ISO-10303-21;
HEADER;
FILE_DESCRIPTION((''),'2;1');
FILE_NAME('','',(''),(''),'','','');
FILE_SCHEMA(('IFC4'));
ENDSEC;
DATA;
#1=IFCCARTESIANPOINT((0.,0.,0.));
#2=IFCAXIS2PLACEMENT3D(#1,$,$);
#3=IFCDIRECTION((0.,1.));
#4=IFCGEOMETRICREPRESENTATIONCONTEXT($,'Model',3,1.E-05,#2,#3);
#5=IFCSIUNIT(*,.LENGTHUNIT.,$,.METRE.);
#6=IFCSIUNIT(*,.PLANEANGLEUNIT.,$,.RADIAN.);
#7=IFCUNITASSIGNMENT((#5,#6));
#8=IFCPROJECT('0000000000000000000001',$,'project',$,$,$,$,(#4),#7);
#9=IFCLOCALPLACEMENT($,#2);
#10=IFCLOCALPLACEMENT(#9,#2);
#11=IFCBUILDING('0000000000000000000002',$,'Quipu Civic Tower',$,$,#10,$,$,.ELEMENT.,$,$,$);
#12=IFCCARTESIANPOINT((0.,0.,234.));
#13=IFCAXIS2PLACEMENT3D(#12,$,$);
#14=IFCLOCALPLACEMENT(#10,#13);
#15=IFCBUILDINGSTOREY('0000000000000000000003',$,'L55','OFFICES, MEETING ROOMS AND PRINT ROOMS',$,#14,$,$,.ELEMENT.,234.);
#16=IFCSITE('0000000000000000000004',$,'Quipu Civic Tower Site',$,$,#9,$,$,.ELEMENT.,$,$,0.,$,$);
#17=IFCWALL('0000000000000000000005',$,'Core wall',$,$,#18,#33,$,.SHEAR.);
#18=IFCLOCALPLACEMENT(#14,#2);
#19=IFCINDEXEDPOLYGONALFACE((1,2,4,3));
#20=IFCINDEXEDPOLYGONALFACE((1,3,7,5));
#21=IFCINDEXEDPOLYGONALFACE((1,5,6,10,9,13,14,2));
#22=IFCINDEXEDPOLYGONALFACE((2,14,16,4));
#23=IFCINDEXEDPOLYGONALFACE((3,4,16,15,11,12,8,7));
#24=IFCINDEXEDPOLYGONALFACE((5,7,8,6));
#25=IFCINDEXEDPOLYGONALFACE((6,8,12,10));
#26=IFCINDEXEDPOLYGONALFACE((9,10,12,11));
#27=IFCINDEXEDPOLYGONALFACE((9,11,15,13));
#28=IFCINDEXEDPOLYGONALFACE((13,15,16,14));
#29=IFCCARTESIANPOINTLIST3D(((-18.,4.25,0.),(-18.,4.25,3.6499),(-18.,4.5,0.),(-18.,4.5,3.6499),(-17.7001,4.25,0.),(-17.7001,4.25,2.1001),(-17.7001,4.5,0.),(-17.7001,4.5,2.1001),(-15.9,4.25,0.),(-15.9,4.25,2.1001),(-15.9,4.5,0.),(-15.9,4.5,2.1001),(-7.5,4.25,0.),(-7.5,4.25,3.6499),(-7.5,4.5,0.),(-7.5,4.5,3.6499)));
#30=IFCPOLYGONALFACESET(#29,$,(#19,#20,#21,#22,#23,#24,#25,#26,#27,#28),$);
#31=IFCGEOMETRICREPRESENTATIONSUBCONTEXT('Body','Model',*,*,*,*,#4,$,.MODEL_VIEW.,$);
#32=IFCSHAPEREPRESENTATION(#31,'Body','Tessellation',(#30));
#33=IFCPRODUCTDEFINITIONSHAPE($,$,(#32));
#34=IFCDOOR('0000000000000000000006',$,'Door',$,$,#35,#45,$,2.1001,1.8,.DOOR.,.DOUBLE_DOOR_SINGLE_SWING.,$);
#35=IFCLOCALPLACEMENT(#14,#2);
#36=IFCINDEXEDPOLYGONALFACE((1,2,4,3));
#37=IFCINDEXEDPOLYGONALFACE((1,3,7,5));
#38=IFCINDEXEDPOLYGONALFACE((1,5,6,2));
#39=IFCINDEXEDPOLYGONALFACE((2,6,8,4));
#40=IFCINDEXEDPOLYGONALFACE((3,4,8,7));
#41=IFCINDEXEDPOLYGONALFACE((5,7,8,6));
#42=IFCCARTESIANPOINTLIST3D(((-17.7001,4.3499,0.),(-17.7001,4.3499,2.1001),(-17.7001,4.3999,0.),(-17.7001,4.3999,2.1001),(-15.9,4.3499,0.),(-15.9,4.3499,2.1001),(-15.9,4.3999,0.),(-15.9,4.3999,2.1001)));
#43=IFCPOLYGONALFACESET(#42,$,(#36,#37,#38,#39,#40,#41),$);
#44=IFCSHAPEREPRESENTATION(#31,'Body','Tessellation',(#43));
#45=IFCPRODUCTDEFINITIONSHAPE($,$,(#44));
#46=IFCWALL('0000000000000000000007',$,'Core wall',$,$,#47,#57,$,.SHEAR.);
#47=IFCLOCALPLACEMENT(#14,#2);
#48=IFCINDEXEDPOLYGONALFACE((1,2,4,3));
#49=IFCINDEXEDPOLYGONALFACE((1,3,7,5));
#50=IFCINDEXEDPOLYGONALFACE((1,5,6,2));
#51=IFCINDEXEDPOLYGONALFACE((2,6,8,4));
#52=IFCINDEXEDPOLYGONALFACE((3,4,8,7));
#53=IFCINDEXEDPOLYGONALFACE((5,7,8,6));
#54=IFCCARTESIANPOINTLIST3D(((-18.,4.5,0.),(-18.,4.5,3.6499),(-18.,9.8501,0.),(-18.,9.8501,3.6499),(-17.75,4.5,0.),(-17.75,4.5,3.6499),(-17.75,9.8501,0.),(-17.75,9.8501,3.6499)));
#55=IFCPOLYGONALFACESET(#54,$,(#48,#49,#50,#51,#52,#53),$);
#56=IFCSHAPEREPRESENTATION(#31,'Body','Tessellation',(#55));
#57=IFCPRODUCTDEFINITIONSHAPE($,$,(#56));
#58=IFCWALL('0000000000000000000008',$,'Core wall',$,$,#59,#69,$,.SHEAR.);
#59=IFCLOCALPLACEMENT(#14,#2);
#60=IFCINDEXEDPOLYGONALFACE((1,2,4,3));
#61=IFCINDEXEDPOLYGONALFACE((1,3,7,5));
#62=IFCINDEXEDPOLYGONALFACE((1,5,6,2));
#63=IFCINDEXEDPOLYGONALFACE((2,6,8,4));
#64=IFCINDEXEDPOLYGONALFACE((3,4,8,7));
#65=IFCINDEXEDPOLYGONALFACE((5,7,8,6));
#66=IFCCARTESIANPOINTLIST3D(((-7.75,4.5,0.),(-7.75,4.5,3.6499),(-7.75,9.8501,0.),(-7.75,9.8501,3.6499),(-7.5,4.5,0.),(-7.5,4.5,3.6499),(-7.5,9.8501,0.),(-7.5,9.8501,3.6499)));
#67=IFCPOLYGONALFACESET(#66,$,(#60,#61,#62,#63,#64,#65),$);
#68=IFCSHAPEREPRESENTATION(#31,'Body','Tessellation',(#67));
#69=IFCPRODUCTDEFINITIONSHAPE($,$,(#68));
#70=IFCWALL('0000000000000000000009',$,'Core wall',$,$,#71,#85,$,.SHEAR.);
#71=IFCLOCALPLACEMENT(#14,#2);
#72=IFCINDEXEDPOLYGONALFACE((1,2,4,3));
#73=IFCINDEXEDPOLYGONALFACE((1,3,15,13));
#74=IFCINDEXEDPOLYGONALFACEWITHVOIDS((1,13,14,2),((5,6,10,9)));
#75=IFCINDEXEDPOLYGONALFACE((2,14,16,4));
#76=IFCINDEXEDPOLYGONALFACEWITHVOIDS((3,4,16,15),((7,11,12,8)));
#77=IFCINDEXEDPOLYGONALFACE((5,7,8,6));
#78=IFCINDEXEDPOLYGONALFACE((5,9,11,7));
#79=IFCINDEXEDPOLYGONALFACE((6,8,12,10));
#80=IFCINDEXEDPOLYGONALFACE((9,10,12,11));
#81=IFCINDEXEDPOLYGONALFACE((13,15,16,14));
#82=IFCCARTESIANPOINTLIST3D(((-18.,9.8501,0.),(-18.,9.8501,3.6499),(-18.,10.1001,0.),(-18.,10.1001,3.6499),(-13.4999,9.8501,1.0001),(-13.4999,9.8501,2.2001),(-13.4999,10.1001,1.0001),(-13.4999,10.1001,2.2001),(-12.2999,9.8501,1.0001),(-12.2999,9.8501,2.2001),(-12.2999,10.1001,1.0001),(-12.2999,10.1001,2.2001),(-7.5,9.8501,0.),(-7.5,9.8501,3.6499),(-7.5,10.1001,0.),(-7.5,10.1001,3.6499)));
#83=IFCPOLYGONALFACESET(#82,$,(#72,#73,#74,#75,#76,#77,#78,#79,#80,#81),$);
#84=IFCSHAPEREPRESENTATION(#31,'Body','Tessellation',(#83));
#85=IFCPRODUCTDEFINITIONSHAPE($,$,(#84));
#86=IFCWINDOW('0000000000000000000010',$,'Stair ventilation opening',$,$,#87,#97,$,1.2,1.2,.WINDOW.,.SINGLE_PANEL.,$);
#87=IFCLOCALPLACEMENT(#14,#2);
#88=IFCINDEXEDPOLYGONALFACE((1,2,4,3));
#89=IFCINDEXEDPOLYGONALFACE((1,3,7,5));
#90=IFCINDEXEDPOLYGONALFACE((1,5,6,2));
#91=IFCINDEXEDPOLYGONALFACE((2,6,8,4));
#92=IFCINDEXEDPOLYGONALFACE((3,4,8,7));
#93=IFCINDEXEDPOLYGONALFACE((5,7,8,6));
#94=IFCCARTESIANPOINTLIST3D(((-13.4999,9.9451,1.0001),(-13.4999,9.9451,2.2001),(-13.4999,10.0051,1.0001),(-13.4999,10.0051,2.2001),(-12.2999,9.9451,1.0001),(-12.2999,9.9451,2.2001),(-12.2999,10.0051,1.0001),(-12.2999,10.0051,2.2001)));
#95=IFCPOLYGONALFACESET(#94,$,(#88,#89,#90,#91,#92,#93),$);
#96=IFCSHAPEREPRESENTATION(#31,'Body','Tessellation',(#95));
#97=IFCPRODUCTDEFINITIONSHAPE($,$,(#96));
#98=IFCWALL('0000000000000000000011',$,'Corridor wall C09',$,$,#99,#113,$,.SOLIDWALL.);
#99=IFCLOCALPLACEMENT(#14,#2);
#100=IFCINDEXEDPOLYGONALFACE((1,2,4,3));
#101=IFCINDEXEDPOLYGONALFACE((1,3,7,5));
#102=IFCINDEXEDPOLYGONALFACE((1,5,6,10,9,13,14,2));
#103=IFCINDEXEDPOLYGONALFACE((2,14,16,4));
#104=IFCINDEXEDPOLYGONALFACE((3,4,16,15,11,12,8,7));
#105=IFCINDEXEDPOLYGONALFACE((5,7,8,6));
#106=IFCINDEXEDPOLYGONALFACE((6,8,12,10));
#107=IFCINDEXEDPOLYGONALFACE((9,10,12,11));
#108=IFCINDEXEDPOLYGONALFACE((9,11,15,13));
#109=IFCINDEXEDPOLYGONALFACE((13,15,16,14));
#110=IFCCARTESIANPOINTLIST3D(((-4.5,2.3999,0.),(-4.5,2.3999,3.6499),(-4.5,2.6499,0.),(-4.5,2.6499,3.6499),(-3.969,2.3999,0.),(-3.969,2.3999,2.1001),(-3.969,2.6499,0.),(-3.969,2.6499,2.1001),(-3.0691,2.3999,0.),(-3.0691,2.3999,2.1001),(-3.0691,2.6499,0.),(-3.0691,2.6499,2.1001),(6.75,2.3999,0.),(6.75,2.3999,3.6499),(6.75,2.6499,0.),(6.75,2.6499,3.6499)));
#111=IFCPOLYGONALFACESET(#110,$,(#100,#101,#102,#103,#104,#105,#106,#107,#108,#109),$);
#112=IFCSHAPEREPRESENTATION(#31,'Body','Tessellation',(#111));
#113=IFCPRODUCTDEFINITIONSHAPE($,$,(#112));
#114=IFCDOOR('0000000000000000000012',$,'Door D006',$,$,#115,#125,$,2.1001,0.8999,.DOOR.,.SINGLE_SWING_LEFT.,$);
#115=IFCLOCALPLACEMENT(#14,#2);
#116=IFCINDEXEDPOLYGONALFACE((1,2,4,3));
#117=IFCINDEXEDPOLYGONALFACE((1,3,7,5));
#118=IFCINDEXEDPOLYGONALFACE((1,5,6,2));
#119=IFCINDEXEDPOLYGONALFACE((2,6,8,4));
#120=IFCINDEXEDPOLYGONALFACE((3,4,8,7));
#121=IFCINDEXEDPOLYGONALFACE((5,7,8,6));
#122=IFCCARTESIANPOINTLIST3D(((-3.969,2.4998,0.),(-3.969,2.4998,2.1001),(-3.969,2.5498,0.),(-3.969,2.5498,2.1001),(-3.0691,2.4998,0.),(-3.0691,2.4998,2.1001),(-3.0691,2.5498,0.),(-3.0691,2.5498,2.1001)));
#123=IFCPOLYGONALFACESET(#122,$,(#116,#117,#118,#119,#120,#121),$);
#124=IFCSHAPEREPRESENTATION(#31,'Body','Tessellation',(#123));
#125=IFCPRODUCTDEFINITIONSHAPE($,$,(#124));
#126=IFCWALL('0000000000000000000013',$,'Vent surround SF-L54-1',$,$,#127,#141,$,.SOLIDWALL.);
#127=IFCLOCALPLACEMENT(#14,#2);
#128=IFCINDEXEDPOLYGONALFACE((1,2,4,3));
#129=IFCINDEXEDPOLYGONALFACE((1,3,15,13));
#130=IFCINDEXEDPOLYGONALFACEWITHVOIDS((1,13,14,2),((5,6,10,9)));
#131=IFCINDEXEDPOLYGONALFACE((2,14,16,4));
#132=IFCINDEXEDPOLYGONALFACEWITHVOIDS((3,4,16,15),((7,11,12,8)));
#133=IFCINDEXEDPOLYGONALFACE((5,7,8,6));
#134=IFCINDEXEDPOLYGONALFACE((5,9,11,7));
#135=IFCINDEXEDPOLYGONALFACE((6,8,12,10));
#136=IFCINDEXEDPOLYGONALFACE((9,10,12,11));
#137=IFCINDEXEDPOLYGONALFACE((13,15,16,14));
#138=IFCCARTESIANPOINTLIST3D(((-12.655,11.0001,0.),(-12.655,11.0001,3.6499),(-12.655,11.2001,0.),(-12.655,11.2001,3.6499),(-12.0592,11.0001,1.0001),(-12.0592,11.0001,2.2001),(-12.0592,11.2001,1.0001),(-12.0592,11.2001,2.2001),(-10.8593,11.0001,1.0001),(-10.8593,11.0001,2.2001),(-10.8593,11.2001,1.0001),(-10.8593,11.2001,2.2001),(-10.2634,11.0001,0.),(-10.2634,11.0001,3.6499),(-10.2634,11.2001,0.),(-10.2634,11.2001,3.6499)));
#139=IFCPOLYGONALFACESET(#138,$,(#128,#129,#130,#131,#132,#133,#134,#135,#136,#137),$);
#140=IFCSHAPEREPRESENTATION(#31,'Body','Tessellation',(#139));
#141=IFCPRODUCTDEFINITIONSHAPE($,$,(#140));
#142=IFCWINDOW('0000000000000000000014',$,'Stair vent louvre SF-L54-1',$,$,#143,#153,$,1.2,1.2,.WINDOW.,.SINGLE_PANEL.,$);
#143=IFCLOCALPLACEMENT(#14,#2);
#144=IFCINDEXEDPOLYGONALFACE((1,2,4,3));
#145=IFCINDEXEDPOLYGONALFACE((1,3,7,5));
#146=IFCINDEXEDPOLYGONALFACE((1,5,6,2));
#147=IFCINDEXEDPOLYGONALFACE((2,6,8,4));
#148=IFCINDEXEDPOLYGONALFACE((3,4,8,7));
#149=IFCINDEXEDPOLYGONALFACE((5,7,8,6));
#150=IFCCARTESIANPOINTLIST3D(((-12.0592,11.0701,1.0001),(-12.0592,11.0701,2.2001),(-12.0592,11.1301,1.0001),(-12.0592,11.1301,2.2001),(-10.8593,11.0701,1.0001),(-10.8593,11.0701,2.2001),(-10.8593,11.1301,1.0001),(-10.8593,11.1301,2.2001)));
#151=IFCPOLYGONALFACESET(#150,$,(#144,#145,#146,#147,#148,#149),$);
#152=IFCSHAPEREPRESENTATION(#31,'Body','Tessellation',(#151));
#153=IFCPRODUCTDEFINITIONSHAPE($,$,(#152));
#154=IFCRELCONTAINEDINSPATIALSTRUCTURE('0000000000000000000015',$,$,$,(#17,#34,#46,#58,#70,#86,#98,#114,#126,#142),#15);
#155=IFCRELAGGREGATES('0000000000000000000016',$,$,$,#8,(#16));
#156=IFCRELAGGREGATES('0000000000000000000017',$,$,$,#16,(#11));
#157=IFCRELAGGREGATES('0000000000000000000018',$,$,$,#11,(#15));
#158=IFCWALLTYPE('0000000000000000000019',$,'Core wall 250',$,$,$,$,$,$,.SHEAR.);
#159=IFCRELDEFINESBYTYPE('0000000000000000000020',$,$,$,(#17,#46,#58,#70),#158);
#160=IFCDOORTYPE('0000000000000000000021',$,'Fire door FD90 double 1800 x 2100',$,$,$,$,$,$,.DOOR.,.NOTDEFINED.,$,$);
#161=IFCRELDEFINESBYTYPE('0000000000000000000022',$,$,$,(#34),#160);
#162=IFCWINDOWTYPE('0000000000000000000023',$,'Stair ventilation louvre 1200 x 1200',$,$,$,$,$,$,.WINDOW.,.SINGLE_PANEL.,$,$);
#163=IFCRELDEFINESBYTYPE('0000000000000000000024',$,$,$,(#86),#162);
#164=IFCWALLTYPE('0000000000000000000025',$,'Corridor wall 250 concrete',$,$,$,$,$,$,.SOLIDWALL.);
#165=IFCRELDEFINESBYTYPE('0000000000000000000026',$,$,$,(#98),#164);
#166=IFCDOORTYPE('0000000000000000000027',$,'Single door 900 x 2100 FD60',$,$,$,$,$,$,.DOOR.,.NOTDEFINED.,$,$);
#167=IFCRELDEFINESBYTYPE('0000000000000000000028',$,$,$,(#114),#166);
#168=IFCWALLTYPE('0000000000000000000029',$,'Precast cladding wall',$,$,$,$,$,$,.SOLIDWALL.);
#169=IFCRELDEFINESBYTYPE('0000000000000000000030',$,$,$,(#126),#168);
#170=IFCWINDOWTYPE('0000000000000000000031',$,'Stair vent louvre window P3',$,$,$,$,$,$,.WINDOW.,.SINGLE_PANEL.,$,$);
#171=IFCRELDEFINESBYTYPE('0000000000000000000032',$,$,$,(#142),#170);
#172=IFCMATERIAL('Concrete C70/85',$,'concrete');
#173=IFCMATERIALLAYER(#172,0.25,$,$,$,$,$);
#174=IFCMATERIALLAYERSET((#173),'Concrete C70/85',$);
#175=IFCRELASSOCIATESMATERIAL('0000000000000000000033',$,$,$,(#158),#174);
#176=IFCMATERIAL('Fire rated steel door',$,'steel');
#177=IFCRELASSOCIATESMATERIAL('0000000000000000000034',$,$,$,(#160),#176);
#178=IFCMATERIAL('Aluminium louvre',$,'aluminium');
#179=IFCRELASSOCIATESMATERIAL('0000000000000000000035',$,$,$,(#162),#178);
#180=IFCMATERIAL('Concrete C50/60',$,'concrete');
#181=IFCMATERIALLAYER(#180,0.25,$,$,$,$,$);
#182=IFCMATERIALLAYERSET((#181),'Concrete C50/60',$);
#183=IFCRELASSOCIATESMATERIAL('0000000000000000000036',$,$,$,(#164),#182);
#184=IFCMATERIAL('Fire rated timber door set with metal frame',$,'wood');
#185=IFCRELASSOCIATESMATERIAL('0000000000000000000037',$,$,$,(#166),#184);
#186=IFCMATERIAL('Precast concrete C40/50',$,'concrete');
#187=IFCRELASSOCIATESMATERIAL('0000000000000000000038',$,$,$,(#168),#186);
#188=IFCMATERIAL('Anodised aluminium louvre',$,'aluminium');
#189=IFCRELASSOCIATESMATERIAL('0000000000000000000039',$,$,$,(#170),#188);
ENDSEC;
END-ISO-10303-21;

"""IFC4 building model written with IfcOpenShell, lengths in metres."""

from ifc_helpers import new_model, si_unit, direction, frame, frame_2d, origin, place, context, subcontext, project, spatial, rectangle, extrude, material, layer, layer_set, type_object, element, fill, save


model = new_model("IFC4")

# Units and contexts
model_context = context("Model", 3, precision=1e-05, world=origin(), true_north=direction((0.0, 1.0)))
body_context = subcontext(model_context, "Body", "Model", "MODEL_VIEW")
ifc_project = project(units=[si_unit("LENGTHUNIT", "METRE"), si_unit("PLANEANGLEUNIT", "RADIAN")], contexts=[model_context])

# Site, building, storey
site_placement = place(None, origin())
site = spatial("IfcSite", under=ifc_project, at=site_placement, Name="Quipu Civic Tower Site", CompositionType="ELEMENT", RefElevation=0.0)
building_placement = place(site_placement, origin())
building = spatial("IfcBuilding", under=site, at=building_placement, Name="Quipu Civic Tower", CompositionType="ELEMENT")
storey_placement = place(building_placement, frame((0.0, 0.0, 234.0)))
storey = spatial("IfcBuildingStorey", under=building, at=storey_placement, Name="L55", Description="OFFICES, MEETING ROOMS AND PRINT ROOMS", CompositionType="ELEMENT", Elevation=234.0)

# Wall, opening, door
ifc_material_1 = material(Name="Concrete C70/85", Category="concrete")
ifc_layer_1 = layer(ifc_material_1, 0.25)
ifc_layer_set_1 = layer_set([ifc_layer_1], Name="Concrete C70/85")
wall_type_1 = type_object("IfcWallType", Name="Core wall 250", PredefinedType="SHEAR", material=ifc_layer_set_1)
wall_1_placement = place(storey_placement, frame((-18.0, 4.375, 0.0), z_axis=(0.0, 0.0, 1.0), x_axis=(1.0, 0.0, 0.0)))
wall_1 = element("IfcWall", 1, at=wall_1_placement, inside=storey, type_object=wall_type_1, Name="Core wall", PredefinedType="SHEAR", context=body_context, shape_type="SweptSolid", body=[
    extrude(rectangle(XDim=10.5, YDim=0.25, at=frame_2d((5.25, 0.0))), origin(), (0.0, 0.0, 1.0), 3.6499),
])
opening_1_placement = place(wall_1_placement, frame((0.3, 0.0, 0.0)))
opening_1 = element("IfcOpeningElement", 2, at=opening_1_placement, cuts=wall_1, PredefinedType="OPENING", context=body_context, shape_type="SweptSolid", body=[
    extrude(rectangle(XDim=1.8, YDim=2.1001, at=frame_2d((0.8999, 1.05))), frame((0.0, 0.135, 0.0), z_axis=(0.0, -1.0, 0.0), x_axis=(1.0, 0.0, 0.0)), (0.0, 0.0, 1.0), 0.27),
])
ifc_material_2 = material(Name="Fire rated steel door", Category="steel")
door_type_1 = type_object("IfcDoorType", Name="Fire door FD90 double 1800 x 2100", OperationType="NOTDEFINED", PredefinedType="DOOR", material=ifc_material_2)
door_1_placement = place(opening_1_placement, origin())
door_1 = element("IfcDoor", 3, at=door_1_placement, inside=storey, type_object=door_type_1, Name="Door", OperationType="DOUBLE_DOOR_SINGLE_SWING", OverallHeight=2.1001, OverallWidth=1.8, PredefinedType="DOOR", context=body_context, shape_type="SweptSolid", body=[
    extrude(rectangle(XDim=1.8, YDim=2.1001, at=frame_2d((0.8999, 1.05))), frame((0.0, 0.0249, 0.0), z_axis=(0.0, -1.0, 0.0), x_axis=(1.0, 0.0, 0.0)), (0.0, 0.0, 1.0), 0.05),
])
fill(opening_1, door_1)

# Walls
for number, where, z_axis, x_axis, name in (
    (4, (-17.875, 4.5, 0.0), (0.0, 0.0, 1.0), (0.0, 1.0, 0.0), "Core wall"),
    (5, (-7.625, 4.5, 0.0), (0.0, 0.0, 1.0), (0.0, 1.0, 0.0), "Core wall"),
):
    element("IfcWall", number, at=place(storey_placement, frame(where, z_axis=z_axis, x_axis=x_axis)), inside=storey, type_object=wall_type_1, Name=name, PredefinedType="SHEAR", context=body_context, shape_type="SweptSolid", body=[
        extrude(rectangle(XDim=5.3501, YDim=0.25, at=frame_2d((2.675, 0.0))), origin(), (0.0, 0.0, 1.0), 3.6499),
    ])

# Wall, opening, window
wall_2_placement = place(storey_placement, frame((-18.0, 9.9751, 0.0), z_axis=(0.0, 0.0, 1.0), x_axis=(1.0, 0.0, 0.0)))
wall_2 = element("IfcWall", 6, at=wall_2_placement, inside=storey, type_object=wall_type_1, Name="Core wall", PredefinedType="SHEAR", context=body_context, shape_type="SweptSolid", body=[
    extrude(rectangle(XDim=10.5, YDim=0.25, at=frame_2d((5.25, 0.0))), origin(), (0.0, 0.0, 1.0), 3.6499),
])
opening_2_placement = place(wall_2_placement, frame((4.5, 0.0, 1.0)))
opening_2 = element("IfcOpeningElement", 7, at=opening_2_placement, cuts=wall_2, PredefinedType="OPENING", context=body_context, shape_type="SweptSolid", body=[
    extrude(rectangle(XDim=1.2, YDim=1.2, at=frame_2d((0.6001, 0.6001))), frame((0.0, 0.135, 0.0), z_axis=(0.0, -1.0, 0.0), x_axis=(1.0, 0.0, 0.0)), (0.0, 0.0, 1.0), 0.27),
])
ifc_material_3 = material(Name="Aluminium louvre", Category="aluminium")
window_type_1 = type_object("IfcWindowType", Name="Stair ventilation louvre 1200 x 1200", PartitioningType="SINGLE_PANEL", PredefinedType="WINDOW", material=ifc_material_3)
window_1_placement = place(opening_2_placement, origin())
window_1 = element("IfcWindow", 8, at=window_1_placement, inside=storey, type_object=window_type_1, Name="Stair ventilation opening", OverallHeight=1.2, OverallWidth=1.2, PartitioningType="SINGLE_PANEL", PredefinedType="WINDOW", context=body_context, shape_type="SweptSolid", body=[
    extrude(rectangle(XDim=1.2, YDim=1.2, at=frame_2d((0.6001, 0.6001))), frame((0.0, 0.03, 0.0), z_axis=(0.0, -1.0, 0.0), x_axis=(1.0, 0.0, 0.0)), (0.0, 0.0, 1.0), 0.0601),
])
fill(opening_2, window_1)

# Wall, opening, door
ifc_material_4 = material(Name="Concrete C50/60", Category="concrete")
ifc_layer_2 = layer(ifc_material_4, 0.25)
ifc_layer_set_2 = layer_set([ifc_layer_2], Name="Concrete C50/60")
wall_type_2 = type_object("IfcWallType", Name="Corridor wall 250 concrete", PredefinedType="SOLIDWALL", material=ifc_layer_set_2)
wall_3_placement = place(storey_placement, frame((-4.5, 2.5249, 0.0), z_axis=(0.0, 0.0, 1.0), x_axis=(1.0, 0.0, 0.0)))
wall_3 = element("IfcWall", 9, at=wall_3_placement, inside=storey, type_object=wall_type_2, Name="Corridor wall C09", PredefinedType="SOLIDWALL", context=body_context, shape_type="SweptSolid", body=[
    extrude(rectangle(XDim=11.25, YDim=0.25, at=frame_2d((5.625, 0.0))), origin(), (0.0, 0.0, 1.0), 3.6499),
])
opening_3_placement = place(wall_3_placement, frame((0.531, 0.0, 0.0)))
opening_3 = element("IfcOpeningElement", 10, at=opening_3_placement, cuts=wall_3, PredefinedType="OPENING", context=body_context, shape_type="SweptSolid", body=[
    extrude(rectangle(XDim=0.8999, YDim=2.1001, at=frame_2d((0.45, 1.05))), frame((0.0, 0.135, 0.0), z_axis=(0.0, -1.0, 0.0), x_axis=(1.0, 0.0, 0.0)), (0.0, 0.0, 1.0), 0.27),
])
ifc_material_5 = material(Name="Fire rated timber door set with metal frame", Category="wood")
door_type_2 = type_object("IfcDoorType", Name="Single door 900 x 2100 FD60", OperationType="NOTDEFINED", PredefinedType="DOOR", material=ifc_material_5)
door_2_placement = place(opening_3_placement, origin())
door_2 = element("IfcDoor", 11, at=door_2_placement, inside=storey, type_object=door_type_2, Name="Door D006", OperationType="SINGLE_SWING_LEFT", OverallHeight=2.1001, OverallWidth=0.8999, PredefinedType="DOOR", context=body_context, shape_type="SweptSolid", body=[
    extrude(rectangle(XDim=0.8999, YDim=2.1001, at=frame_2d((0.45, 1.05))), frame((0.0, 0.0249, 0.0), z_axis=(0.0, -1.0, 0.0), x_axis=(1.0, 0.0, 0.0)), (0.0, 0.0, 1.0), 0.05),
])
fill(opening_3, door_2)

# Wall, opening, window
ifc_material_6 = material(Name="Precast concrete C40/50", Category="concrete")
wall_type_3 = type_object("IfcWallType", Name="Precast cladding wall", PredefinedType="SOLIDWALL", material=ifc_material_6)
wall_4_placement = place(storey_placement, frame((-10.2634, 11.1001, 0.0), z_axis=(0.0, 0.0, 1.0), x_axis=(-1.0, 0.0, 0.0)))
wall_4 = element("IfcWall", 12, at=wall_4_placement, inside=storey, type_object=wall_type_3, Name="Vent surround SF-L54-1", PredefinedType="SOLIDWALL", context=body_context, shape_type="SweptSolid", body=[
    extrude(rectangle(XDim=2.3916, YDim=0.2, at=frame_2d((1.1958, 0.0))), origin(), (0.0, 0.0, 1.0), 3.6499),
])
opening_4_placement = place(wall_4_placement, frame((0.5957, 0.0, 1.0)))
opening_4 = element("IfcOpeningElement", 13, at=opening_4_placement, cuts=wall_4, PredefinedType="OPENING", context=body_context, shape_type="SweptSolid", body=[
    extrude(rectangle(XDim=1.2, YDim=1.2, at=frame_2d((0.6001, 0.6001))), frame((0.0, 0.1099, 0.0), z_axis=(0.0, -1.0, 0.0), x_axis=(1.0, 0.0, 0.0)), (0.0, 0.0, 1.0), 0.22),
])
ifc_material_7 = material(Name="Anodised aluminium louvre", Category="aluminium")
window_type_2 = type_object("IfcWindowType", Name="Stair vent louvre window P3", PartitioningType="SINGLE_PANEL", PredefinedType="WINDOW", material=ifc_material_7)
window_2_placement = place(opening_4_placement, origin())
window_2 = element("IfcWindow", 14, at=window_2_placement, inside=storey, type_object=window_type_2, Name="Stair vent louvre SF-L54-1", OverallHeight=1.2, OverallWidth=1.2, PartitioningType="SINGLE_PANEL", PredefinedType="WINDOW", context=body_context, shape_type="SweptSolid", body=[
    extrude(rectangle(XDim=1.2, YDim=1.2, at=frame_2d((0.6001, 0.6001))), frame((0.0, 0.03, 0.0), z_axis=(0.0, -1.0, 0.0), x_axis=(1.0, 0.0, 0.0)), (0.0, 0.0, 1.0), 0.0601),
])
fill(opening_4, window_2)

save(model, "model.ifc")
